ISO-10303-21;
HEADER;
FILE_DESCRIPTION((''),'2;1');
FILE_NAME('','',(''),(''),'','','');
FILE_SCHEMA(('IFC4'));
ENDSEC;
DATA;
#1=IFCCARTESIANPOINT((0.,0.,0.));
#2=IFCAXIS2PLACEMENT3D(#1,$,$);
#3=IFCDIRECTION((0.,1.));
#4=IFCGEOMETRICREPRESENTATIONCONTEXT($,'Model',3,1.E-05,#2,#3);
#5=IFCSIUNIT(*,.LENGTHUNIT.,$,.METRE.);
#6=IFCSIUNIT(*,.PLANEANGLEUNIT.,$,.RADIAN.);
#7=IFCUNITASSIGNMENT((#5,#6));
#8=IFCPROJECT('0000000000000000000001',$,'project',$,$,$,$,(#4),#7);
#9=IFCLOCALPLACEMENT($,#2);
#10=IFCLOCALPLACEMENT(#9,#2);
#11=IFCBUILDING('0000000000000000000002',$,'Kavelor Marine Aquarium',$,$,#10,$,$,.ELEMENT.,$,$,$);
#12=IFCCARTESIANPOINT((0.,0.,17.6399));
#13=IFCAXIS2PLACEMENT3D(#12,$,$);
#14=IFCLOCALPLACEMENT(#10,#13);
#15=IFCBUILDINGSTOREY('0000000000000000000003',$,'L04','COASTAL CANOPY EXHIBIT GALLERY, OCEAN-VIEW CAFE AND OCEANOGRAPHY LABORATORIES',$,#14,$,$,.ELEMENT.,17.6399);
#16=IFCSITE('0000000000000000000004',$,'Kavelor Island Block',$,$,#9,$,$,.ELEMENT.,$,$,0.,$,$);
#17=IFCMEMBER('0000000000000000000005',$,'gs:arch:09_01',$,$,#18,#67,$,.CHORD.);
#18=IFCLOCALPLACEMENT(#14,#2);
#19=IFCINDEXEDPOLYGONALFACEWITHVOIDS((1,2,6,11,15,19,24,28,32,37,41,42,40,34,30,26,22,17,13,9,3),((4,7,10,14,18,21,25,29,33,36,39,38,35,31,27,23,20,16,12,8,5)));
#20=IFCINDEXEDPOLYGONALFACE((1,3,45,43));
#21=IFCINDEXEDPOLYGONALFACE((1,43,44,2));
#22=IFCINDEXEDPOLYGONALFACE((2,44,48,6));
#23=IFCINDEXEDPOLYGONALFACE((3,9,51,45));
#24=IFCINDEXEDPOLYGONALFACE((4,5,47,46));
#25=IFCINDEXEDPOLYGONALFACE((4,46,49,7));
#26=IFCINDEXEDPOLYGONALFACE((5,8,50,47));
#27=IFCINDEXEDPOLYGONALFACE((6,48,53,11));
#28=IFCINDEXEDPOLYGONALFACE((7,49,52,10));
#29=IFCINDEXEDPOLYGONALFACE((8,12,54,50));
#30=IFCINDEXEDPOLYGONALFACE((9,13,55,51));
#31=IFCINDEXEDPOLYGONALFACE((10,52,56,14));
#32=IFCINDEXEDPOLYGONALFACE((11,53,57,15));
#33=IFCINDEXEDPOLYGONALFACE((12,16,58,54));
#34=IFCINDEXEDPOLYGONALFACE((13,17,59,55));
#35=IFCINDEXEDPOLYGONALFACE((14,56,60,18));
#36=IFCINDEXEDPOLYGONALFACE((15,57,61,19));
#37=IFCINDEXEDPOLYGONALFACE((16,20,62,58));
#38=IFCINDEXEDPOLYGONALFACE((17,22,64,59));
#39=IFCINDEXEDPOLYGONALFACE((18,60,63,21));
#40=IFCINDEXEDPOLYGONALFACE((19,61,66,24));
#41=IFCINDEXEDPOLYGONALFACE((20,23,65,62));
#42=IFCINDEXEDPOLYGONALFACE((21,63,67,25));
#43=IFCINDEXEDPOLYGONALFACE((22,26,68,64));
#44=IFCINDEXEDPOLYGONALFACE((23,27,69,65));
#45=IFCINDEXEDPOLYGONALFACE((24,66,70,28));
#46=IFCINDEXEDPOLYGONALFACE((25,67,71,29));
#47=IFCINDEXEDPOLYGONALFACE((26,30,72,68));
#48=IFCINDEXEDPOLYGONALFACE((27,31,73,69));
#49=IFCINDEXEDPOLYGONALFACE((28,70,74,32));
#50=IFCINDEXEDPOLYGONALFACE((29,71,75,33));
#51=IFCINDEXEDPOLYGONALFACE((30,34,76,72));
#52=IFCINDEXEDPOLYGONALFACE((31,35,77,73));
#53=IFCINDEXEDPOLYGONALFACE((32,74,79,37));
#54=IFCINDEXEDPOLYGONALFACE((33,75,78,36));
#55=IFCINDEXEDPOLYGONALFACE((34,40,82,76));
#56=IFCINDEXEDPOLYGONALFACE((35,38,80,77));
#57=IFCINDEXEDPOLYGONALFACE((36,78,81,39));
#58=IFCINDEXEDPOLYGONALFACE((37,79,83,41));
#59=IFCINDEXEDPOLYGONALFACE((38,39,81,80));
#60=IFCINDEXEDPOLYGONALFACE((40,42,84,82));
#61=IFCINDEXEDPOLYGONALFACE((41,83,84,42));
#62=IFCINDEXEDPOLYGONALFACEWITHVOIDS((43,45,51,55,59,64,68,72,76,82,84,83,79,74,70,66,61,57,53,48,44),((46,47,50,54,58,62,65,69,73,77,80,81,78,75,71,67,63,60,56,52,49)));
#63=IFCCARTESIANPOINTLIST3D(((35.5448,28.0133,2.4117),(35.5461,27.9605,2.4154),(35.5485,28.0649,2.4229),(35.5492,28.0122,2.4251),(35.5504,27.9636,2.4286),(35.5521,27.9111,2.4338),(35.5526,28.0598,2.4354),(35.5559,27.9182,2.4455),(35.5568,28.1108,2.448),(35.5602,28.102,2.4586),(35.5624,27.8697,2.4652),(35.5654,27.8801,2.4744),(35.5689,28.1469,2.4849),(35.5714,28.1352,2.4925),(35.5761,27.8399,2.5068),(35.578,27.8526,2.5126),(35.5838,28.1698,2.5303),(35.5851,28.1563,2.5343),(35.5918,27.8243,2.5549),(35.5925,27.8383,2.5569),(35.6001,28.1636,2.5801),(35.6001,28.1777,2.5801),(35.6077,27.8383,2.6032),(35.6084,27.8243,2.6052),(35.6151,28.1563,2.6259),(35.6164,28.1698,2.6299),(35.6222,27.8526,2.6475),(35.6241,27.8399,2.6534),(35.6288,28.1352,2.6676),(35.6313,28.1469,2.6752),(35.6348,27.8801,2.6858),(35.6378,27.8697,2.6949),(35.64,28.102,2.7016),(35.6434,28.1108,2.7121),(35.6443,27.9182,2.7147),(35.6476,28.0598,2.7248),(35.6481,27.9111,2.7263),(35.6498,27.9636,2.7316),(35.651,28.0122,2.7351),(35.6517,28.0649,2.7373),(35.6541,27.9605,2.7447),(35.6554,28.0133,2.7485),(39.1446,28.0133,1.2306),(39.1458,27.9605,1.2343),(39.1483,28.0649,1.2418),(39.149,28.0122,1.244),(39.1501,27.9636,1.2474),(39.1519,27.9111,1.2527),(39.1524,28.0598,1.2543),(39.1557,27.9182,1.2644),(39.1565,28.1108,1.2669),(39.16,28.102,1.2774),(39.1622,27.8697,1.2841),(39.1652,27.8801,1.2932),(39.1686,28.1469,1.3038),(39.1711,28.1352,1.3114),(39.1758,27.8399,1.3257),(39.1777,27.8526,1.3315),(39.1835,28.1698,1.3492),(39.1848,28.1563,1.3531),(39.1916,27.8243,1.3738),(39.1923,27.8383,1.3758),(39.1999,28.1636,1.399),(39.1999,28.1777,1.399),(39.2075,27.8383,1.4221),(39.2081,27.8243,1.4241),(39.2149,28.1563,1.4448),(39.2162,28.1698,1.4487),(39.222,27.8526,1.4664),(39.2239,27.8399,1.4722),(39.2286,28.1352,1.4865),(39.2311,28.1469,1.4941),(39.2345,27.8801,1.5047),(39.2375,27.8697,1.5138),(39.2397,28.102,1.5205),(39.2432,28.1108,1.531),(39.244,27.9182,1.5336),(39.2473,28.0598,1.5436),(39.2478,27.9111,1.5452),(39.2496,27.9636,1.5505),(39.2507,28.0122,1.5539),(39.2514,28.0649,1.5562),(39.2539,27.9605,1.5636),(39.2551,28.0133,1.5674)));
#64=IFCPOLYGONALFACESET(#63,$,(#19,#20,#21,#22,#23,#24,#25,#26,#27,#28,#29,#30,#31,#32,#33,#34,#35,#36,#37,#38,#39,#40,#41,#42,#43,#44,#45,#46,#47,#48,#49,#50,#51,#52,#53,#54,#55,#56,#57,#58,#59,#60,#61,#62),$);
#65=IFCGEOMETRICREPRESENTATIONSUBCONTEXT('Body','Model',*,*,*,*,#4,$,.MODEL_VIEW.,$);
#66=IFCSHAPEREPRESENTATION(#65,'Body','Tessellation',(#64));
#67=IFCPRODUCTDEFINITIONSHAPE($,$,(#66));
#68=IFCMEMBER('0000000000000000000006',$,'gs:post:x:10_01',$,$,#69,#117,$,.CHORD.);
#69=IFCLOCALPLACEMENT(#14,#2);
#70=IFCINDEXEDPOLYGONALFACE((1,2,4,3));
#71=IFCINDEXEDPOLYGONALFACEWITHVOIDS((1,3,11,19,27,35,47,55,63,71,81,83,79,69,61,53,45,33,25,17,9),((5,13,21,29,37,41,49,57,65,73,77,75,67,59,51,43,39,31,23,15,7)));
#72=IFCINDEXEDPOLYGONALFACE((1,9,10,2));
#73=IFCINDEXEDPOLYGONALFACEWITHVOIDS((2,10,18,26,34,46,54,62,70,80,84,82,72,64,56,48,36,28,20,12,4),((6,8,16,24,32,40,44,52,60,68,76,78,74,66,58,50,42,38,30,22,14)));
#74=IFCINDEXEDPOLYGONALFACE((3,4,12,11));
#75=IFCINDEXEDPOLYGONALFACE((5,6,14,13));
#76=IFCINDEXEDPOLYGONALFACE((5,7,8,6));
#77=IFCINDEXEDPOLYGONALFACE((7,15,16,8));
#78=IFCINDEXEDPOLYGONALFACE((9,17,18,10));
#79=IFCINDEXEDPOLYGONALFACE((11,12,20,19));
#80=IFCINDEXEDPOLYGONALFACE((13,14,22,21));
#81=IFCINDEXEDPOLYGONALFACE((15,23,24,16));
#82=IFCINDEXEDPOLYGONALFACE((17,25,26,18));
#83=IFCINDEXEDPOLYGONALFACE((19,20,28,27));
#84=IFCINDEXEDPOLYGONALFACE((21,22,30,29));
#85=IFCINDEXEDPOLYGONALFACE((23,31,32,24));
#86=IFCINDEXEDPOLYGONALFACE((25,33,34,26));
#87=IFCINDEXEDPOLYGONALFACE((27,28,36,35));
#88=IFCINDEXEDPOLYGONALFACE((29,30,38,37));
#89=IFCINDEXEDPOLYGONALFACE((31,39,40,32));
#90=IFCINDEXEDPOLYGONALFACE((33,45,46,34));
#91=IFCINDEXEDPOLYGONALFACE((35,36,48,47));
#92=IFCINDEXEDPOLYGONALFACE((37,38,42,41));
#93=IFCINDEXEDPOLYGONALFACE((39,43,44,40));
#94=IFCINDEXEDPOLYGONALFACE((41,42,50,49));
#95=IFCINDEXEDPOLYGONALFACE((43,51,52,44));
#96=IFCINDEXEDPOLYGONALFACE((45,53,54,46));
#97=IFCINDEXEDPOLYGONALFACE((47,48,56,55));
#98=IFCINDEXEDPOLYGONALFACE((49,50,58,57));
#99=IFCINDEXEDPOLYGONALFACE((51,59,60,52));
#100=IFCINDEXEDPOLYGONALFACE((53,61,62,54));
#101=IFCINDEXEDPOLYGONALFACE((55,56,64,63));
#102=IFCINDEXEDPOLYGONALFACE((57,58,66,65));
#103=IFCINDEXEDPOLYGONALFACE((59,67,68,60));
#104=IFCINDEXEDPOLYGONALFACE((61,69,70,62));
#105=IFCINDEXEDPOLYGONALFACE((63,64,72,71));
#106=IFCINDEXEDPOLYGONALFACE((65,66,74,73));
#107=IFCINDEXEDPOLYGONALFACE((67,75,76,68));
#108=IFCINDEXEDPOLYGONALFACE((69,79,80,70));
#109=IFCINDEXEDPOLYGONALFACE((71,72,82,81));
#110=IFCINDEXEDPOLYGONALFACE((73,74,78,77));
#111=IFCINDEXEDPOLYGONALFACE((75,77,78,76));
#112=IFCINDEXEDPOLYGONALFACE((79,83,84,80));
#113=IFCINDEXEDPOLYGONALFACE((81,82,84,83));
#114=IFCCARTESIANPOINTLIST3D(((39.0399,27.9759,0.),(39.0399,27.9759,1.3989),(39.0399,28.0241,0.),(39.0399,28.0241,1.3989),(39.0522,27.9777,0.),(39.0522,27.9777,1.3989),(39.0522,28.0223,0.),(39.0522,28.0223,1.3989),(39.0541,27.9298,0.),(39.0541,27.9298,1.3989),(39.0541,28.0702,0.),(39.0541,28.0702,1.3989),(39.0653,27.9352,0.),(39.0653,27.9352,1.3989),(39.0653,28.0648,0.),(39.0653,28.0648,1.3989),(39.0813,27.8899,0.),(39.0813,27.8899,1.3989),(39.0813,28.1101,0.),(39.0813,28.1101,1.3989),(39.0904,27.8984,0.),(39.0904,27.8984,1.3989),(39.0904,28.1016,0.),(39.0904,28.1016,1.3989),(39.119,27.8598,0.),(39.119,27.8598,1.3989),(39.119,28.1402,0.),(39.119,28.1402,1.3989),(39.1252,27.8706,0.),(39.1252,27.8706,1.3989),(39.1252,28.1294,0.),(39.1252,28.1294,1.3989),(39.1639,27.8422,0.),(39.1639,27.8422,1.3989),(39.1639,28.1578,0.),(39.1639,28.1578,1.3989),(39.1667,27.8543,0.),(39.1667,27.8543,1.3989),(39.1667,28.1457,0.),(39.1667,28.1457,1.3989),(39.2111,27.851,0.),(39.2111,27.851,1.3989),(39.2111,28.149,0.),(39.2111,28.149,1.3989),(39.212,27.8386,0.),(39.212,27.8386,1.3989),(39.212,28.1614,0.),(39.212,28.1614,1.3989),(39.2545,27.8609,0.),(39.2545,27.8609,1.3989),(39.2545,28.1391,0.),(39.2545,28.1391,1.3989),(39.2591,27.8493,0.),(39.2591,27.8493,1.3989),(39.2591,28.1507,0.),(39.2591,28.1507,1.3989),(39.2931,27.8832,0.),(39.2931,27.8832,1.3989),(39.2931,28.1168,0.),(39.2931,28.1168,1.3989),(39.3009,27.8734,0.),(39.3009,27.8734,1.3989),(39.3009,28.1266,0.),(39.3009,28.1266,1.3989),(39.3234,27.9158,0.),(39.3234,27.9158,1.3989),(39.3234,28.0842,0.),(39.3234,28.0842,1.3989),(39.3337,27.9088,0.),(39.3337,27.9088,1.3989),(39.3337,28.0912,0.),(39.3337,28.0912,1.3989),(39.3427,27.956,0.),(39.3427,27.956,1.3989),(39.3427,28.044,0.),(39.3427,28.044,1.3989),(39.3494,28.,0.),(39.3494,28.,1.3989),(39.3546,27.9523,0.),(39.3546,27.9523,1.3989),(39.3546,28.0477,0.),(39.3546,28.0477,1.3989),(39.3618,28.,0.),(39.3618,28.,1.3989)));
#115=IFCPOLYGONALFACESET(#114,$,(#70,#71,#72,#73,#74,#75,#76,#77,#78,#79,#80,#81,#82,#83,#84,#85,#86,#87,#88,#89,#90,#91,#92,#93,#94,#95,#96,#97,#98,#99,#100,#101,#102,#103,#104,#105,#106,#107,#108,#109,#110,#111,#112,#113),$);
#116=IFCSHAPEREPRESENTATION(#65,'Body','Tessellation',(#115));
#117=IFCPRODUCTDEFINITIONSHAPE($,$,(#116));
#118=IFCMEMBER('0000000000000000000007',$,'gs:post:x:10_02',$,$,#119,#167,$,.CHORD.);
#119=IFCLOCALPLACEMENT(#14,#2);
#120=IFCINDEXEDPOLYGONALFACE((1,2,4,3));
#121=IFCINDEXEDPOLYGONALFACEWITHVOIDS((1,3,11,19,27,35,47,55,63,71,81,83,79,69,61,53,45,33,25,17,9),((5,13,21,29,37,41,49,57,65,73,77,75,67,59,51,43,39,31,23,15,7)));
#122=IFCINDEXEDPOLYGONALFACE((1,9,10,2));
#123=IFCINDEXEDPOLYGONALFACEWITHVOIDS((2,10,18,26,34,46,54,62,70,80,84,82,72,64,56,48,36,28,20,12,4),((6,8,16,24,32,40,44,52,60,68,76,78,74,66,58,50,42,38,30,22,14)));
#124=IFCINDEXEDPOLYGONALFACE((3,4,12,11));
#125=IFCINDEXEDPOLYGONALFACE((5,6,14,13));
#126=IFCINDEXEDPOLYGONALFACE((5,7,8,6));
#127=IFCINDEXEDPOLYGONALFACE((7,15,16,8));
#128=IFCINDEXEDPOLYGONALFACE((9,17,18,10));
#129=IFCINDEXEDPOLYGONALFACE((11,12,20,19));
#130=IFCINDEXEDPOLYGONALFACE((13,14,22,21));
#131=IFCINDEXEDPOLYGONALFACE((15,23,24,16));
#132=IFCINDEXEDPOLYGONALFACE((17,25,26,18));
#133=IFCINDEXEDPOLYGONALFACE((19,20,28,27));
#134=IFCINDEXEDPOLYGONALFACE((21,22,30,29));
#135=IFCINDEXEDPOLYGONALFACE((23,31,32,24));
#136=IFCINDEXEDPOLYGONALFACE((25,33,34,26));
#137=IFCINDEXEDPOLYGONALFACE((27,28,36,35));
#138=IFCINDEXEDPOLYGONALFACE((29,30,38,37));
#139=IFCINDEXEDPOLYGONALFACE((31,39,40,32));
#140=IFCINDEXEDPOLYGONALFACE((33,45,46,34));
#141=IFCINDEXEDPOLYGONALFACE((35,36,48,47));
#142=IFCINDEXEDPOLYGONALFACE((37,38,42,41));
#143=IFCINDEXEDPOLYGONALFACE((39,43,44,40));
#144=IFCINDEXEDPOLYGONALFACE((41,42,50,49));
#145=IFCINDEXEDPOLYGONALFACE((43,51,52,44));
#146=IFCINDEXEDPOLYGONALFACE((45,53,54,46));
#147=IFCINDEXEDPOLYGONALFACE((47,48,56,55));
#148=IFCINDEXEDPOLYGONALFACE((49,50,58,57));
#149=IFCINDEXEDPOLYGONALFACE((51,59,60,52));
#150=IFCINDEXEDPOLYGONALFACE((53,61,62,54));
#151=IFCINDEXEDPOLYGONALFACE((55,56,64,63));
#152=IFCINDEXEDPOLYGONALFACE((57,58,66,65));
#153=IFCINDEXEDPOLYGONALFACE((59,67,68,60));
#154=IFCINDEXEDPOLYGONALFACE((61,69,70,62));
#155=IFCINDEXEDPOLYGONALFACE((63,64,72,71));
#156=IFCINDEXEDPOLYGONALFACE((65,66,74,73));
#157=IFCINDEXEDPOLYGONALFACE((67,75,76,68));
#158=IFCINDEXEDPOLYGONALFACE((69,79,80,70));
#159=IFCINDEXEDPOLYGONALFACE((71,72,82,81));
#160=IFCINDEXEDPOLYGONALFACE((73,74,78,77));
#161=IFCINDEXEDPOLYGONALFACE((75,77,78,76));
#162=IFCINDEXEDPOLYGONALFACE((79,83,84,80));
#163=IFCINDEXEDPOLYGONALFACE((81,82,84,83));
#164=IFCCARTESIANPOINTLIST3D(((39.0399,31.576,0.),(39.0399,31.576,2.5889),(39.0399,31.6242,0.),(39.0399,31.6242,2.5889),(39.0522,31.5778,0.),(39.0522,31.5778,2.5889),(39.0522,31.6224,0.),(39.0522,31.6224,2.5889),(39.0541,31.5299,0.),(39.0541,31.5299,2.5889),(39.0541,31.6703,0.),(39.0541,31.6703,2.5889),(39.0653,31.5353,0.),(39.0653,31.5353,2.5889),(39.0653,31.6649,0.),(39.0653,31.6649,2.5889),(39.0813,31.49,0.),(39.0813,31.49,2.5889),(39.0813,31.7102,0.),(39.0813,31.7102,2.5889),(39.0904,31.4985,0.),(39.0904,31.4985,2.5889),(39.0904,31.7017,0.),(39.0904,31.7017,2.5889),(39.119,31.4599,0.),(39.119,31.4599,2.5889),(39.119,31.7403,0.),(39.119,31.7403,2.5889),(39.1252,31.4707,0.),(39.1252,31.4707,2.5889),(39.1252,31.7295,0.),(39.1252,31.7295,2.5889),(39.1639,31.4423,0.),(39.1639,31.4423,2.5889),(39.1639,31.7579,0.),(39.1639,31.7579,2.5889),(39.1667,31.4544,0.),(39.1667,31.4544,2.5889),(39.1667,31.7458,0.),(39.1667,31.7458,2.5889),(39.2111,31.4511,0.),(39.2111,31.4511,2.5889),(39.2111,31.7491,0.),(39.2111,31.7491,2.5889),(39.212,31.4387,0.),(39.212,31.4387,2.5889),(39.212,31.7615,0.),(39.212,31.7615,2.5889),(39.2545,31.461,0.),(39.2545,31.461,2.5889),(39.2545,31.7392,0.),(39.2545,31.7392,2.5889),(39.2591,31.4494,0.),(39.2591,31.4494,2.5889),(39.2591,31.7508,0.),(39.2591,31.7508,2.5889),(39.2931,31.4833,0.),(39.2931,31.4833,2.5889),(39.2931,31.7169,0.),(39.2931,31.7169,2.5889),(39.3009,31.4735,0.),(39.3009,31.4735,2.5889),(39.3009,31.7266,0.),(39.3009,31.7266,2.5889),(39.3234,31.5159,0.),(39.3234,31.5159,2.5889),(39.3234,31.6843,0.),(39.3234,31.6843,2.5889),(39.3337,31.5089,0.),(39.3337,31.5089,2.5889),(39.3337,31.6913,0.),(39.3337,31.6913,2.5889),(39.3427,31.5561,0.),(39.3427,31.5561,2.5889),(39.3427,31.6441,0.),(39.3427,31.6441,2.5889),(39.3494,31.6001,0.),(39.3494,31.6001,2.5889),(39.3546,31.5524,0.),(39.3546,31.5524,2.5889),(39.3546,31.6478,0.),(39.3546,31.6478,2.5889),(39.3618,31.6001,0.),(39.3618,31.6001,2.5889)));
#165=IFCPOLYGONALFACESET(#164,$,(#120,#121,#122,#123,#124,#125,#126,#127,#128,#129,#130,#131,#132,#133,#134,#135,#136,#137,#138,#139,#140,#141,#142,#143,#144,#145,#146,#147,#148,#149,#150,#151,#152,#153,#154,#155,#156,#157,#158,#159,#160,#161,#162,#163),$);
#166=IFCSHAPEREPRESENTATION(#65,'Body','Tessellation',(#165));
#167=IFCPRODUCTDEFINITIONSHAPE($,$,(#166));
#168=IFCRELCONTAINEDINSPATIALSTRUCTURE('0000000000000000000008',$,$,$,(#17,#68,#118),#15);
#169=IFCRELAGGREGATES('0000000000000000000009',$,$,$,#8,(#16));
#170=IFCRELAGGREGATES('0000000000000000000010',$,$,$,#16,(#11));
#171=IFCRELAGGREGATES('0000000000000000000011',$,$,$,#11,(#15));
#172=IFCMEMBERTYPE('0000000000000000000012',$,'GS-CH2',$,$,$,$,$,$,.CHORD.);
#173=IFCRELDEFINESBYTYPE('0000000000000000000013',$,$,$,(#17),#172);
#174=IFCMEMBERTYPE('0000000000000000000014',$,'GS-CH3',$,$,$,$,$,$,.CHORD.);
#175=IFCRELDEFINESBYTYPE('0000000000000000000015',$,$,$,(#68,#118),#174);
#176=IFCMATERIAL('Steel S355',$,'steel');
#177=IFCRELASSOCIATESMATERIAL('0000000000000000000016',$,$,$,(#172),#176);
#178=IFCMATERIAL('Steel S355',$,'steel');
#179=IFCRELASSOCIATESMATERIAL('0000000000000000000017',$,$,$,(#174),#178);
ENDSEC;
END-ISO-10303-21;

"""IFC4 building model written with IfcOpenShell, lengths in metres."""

from ifc_helpers import new_model, si_unit, direction, frame, origin, origin_2d, place, context, subcontext, project, spatial, hollow_circle, extrude, material, material_profile, profile_set, type_object, element, save


model = new_model("IFC4")

# Units and contexts
model_context = context("Model", 3, precision=1e-05, world=origin(), true_north=direction((0.0, 1.0)))
body_context = subcontext(model_context, "Body", "Model", "MODEL_VIEW")
ifc_project = project(units=[si_unit("LENGTHUNIT", "METRE"), si_unit("PLANEANGLEUNIT", "RADIAN")], contexts=[model_context])

# Site, building, storey
site_placement = place(None, origin())
site = spatial("IfcSite", under=ifc_project, at=site_placement, Name="Kavelor Island Block", CompositionType="ELEMENT", RefElevation=0.0)
building_placement = place(site_placement, origin())
building = spatial("IfcBuilding", under=site, at=building_placement, Name="Kavelor Marine Aquarium", CompositionType="ELEMENT")
storey_placement = place(building_placement, frame((0.0, 0.0, 17.6399)))
storey = spatial("IfcBuildingStorey", under=building, at=storey_placement, Name="L04", Description="COASTAL CANOPY EXHIBIT GALLERY, OCEAN-VIEW CAFE AND OCEANOGRAPHY LABORATORIES", CompositionType="ELEMENT", Elevation=17.6399)

# Members
ifc_material_1 = material(Name="Steel S355", Category="steel")
ifc_material_profile_1 = material_profile(ifc_material_1, hollow_circle(Radius=0.1777, WallThickness=0.0142, at=origin_2d()), Name="CHS 355.6x14.2")
ifc_profile_set_1 = profile_set([ifc_material_profile_1], Name="Steel S355")
member_type_1 = type_object("IfcMemberType", Name="GS-CH2", PredefinedType="CHORD", material=ifc_profile_set_1)
member_1_placement = place(storey_placement, frame((35.6001, 28.0, 2.5801), z_axis=(0.950161, 0.0, -0.311759), x_axis=(0.0, 1.0, 0.0)))
element("IfcMember", 1, at=member_1_placement, inside=storey, type_object=member_type_1, Name="gs:arch:09_01", PredefinedType="CHORD", context=body_context, shape_type="SweptSolid", body=[
    extrude(hollow_circle(Radius=0.1777, WallThickness=0.0142, at=origin_2d()), origin(), (0.0, 0.0, 1.0), 3.7886),
])
ifc_material_2 = material(Name="Steel S355", Category="steel")
ifc_material_profile_2 = material_profile(ifc_material_2, hollow_circle(Radius=0.1619, WallThickness=0.0125, at=origin_2d()), Name="CHS 323.9x12.5")
ifc_profile_set_2 = profile_set([ifc_material_profile_2], Name="Steel S355")
member_type_2 = type_object("IfcMemberType", Name="GS-CH3", PredefinedType="CHORD", material=ifc_profile_set_2)
member_2_placement = place(storey_placement, frame((39.2, 28.0, 0.0), z_axis=(0.0, 0.0, 1.0), x_axis=(1.0, 0.0, 0.0)))
element("IfcMember", 2, at=member_2_placement, inside=storey, type_object=member_type_2, Name="gs:post:x:10_01", PredefinedType="CHORD", context=body_context, shape_type="SweptSolid", body=[
    extrude(hollow_circle(Radius=0.1619, WallThickness=0.0125, at=origin_2d()), origin(), (0.0, 0.0, 1.0), 1.3989),
])
member_3_placement = place(storey_placement, frame((39.2, 31.6001, 0.0), z_axis=(0.0, 0.0, 1.0), x_axis=(1.0, 0.0, 0.0)))
element("IfcMember", 3, at=member_3_placement, inside=storey, type_object=member_type_2, Name="gs:post:x:10_02", PredefinedType="CHORD", context=body_context, shape_type="SweptSolid", body=[
    extrude(hollow_circle(Radius=0.1619, WallThickness=0.0125, at=origin_2d()), origin(), (0.0, 0.0, 1.0), 2.5889),
])

save(model, "model.ifc")
